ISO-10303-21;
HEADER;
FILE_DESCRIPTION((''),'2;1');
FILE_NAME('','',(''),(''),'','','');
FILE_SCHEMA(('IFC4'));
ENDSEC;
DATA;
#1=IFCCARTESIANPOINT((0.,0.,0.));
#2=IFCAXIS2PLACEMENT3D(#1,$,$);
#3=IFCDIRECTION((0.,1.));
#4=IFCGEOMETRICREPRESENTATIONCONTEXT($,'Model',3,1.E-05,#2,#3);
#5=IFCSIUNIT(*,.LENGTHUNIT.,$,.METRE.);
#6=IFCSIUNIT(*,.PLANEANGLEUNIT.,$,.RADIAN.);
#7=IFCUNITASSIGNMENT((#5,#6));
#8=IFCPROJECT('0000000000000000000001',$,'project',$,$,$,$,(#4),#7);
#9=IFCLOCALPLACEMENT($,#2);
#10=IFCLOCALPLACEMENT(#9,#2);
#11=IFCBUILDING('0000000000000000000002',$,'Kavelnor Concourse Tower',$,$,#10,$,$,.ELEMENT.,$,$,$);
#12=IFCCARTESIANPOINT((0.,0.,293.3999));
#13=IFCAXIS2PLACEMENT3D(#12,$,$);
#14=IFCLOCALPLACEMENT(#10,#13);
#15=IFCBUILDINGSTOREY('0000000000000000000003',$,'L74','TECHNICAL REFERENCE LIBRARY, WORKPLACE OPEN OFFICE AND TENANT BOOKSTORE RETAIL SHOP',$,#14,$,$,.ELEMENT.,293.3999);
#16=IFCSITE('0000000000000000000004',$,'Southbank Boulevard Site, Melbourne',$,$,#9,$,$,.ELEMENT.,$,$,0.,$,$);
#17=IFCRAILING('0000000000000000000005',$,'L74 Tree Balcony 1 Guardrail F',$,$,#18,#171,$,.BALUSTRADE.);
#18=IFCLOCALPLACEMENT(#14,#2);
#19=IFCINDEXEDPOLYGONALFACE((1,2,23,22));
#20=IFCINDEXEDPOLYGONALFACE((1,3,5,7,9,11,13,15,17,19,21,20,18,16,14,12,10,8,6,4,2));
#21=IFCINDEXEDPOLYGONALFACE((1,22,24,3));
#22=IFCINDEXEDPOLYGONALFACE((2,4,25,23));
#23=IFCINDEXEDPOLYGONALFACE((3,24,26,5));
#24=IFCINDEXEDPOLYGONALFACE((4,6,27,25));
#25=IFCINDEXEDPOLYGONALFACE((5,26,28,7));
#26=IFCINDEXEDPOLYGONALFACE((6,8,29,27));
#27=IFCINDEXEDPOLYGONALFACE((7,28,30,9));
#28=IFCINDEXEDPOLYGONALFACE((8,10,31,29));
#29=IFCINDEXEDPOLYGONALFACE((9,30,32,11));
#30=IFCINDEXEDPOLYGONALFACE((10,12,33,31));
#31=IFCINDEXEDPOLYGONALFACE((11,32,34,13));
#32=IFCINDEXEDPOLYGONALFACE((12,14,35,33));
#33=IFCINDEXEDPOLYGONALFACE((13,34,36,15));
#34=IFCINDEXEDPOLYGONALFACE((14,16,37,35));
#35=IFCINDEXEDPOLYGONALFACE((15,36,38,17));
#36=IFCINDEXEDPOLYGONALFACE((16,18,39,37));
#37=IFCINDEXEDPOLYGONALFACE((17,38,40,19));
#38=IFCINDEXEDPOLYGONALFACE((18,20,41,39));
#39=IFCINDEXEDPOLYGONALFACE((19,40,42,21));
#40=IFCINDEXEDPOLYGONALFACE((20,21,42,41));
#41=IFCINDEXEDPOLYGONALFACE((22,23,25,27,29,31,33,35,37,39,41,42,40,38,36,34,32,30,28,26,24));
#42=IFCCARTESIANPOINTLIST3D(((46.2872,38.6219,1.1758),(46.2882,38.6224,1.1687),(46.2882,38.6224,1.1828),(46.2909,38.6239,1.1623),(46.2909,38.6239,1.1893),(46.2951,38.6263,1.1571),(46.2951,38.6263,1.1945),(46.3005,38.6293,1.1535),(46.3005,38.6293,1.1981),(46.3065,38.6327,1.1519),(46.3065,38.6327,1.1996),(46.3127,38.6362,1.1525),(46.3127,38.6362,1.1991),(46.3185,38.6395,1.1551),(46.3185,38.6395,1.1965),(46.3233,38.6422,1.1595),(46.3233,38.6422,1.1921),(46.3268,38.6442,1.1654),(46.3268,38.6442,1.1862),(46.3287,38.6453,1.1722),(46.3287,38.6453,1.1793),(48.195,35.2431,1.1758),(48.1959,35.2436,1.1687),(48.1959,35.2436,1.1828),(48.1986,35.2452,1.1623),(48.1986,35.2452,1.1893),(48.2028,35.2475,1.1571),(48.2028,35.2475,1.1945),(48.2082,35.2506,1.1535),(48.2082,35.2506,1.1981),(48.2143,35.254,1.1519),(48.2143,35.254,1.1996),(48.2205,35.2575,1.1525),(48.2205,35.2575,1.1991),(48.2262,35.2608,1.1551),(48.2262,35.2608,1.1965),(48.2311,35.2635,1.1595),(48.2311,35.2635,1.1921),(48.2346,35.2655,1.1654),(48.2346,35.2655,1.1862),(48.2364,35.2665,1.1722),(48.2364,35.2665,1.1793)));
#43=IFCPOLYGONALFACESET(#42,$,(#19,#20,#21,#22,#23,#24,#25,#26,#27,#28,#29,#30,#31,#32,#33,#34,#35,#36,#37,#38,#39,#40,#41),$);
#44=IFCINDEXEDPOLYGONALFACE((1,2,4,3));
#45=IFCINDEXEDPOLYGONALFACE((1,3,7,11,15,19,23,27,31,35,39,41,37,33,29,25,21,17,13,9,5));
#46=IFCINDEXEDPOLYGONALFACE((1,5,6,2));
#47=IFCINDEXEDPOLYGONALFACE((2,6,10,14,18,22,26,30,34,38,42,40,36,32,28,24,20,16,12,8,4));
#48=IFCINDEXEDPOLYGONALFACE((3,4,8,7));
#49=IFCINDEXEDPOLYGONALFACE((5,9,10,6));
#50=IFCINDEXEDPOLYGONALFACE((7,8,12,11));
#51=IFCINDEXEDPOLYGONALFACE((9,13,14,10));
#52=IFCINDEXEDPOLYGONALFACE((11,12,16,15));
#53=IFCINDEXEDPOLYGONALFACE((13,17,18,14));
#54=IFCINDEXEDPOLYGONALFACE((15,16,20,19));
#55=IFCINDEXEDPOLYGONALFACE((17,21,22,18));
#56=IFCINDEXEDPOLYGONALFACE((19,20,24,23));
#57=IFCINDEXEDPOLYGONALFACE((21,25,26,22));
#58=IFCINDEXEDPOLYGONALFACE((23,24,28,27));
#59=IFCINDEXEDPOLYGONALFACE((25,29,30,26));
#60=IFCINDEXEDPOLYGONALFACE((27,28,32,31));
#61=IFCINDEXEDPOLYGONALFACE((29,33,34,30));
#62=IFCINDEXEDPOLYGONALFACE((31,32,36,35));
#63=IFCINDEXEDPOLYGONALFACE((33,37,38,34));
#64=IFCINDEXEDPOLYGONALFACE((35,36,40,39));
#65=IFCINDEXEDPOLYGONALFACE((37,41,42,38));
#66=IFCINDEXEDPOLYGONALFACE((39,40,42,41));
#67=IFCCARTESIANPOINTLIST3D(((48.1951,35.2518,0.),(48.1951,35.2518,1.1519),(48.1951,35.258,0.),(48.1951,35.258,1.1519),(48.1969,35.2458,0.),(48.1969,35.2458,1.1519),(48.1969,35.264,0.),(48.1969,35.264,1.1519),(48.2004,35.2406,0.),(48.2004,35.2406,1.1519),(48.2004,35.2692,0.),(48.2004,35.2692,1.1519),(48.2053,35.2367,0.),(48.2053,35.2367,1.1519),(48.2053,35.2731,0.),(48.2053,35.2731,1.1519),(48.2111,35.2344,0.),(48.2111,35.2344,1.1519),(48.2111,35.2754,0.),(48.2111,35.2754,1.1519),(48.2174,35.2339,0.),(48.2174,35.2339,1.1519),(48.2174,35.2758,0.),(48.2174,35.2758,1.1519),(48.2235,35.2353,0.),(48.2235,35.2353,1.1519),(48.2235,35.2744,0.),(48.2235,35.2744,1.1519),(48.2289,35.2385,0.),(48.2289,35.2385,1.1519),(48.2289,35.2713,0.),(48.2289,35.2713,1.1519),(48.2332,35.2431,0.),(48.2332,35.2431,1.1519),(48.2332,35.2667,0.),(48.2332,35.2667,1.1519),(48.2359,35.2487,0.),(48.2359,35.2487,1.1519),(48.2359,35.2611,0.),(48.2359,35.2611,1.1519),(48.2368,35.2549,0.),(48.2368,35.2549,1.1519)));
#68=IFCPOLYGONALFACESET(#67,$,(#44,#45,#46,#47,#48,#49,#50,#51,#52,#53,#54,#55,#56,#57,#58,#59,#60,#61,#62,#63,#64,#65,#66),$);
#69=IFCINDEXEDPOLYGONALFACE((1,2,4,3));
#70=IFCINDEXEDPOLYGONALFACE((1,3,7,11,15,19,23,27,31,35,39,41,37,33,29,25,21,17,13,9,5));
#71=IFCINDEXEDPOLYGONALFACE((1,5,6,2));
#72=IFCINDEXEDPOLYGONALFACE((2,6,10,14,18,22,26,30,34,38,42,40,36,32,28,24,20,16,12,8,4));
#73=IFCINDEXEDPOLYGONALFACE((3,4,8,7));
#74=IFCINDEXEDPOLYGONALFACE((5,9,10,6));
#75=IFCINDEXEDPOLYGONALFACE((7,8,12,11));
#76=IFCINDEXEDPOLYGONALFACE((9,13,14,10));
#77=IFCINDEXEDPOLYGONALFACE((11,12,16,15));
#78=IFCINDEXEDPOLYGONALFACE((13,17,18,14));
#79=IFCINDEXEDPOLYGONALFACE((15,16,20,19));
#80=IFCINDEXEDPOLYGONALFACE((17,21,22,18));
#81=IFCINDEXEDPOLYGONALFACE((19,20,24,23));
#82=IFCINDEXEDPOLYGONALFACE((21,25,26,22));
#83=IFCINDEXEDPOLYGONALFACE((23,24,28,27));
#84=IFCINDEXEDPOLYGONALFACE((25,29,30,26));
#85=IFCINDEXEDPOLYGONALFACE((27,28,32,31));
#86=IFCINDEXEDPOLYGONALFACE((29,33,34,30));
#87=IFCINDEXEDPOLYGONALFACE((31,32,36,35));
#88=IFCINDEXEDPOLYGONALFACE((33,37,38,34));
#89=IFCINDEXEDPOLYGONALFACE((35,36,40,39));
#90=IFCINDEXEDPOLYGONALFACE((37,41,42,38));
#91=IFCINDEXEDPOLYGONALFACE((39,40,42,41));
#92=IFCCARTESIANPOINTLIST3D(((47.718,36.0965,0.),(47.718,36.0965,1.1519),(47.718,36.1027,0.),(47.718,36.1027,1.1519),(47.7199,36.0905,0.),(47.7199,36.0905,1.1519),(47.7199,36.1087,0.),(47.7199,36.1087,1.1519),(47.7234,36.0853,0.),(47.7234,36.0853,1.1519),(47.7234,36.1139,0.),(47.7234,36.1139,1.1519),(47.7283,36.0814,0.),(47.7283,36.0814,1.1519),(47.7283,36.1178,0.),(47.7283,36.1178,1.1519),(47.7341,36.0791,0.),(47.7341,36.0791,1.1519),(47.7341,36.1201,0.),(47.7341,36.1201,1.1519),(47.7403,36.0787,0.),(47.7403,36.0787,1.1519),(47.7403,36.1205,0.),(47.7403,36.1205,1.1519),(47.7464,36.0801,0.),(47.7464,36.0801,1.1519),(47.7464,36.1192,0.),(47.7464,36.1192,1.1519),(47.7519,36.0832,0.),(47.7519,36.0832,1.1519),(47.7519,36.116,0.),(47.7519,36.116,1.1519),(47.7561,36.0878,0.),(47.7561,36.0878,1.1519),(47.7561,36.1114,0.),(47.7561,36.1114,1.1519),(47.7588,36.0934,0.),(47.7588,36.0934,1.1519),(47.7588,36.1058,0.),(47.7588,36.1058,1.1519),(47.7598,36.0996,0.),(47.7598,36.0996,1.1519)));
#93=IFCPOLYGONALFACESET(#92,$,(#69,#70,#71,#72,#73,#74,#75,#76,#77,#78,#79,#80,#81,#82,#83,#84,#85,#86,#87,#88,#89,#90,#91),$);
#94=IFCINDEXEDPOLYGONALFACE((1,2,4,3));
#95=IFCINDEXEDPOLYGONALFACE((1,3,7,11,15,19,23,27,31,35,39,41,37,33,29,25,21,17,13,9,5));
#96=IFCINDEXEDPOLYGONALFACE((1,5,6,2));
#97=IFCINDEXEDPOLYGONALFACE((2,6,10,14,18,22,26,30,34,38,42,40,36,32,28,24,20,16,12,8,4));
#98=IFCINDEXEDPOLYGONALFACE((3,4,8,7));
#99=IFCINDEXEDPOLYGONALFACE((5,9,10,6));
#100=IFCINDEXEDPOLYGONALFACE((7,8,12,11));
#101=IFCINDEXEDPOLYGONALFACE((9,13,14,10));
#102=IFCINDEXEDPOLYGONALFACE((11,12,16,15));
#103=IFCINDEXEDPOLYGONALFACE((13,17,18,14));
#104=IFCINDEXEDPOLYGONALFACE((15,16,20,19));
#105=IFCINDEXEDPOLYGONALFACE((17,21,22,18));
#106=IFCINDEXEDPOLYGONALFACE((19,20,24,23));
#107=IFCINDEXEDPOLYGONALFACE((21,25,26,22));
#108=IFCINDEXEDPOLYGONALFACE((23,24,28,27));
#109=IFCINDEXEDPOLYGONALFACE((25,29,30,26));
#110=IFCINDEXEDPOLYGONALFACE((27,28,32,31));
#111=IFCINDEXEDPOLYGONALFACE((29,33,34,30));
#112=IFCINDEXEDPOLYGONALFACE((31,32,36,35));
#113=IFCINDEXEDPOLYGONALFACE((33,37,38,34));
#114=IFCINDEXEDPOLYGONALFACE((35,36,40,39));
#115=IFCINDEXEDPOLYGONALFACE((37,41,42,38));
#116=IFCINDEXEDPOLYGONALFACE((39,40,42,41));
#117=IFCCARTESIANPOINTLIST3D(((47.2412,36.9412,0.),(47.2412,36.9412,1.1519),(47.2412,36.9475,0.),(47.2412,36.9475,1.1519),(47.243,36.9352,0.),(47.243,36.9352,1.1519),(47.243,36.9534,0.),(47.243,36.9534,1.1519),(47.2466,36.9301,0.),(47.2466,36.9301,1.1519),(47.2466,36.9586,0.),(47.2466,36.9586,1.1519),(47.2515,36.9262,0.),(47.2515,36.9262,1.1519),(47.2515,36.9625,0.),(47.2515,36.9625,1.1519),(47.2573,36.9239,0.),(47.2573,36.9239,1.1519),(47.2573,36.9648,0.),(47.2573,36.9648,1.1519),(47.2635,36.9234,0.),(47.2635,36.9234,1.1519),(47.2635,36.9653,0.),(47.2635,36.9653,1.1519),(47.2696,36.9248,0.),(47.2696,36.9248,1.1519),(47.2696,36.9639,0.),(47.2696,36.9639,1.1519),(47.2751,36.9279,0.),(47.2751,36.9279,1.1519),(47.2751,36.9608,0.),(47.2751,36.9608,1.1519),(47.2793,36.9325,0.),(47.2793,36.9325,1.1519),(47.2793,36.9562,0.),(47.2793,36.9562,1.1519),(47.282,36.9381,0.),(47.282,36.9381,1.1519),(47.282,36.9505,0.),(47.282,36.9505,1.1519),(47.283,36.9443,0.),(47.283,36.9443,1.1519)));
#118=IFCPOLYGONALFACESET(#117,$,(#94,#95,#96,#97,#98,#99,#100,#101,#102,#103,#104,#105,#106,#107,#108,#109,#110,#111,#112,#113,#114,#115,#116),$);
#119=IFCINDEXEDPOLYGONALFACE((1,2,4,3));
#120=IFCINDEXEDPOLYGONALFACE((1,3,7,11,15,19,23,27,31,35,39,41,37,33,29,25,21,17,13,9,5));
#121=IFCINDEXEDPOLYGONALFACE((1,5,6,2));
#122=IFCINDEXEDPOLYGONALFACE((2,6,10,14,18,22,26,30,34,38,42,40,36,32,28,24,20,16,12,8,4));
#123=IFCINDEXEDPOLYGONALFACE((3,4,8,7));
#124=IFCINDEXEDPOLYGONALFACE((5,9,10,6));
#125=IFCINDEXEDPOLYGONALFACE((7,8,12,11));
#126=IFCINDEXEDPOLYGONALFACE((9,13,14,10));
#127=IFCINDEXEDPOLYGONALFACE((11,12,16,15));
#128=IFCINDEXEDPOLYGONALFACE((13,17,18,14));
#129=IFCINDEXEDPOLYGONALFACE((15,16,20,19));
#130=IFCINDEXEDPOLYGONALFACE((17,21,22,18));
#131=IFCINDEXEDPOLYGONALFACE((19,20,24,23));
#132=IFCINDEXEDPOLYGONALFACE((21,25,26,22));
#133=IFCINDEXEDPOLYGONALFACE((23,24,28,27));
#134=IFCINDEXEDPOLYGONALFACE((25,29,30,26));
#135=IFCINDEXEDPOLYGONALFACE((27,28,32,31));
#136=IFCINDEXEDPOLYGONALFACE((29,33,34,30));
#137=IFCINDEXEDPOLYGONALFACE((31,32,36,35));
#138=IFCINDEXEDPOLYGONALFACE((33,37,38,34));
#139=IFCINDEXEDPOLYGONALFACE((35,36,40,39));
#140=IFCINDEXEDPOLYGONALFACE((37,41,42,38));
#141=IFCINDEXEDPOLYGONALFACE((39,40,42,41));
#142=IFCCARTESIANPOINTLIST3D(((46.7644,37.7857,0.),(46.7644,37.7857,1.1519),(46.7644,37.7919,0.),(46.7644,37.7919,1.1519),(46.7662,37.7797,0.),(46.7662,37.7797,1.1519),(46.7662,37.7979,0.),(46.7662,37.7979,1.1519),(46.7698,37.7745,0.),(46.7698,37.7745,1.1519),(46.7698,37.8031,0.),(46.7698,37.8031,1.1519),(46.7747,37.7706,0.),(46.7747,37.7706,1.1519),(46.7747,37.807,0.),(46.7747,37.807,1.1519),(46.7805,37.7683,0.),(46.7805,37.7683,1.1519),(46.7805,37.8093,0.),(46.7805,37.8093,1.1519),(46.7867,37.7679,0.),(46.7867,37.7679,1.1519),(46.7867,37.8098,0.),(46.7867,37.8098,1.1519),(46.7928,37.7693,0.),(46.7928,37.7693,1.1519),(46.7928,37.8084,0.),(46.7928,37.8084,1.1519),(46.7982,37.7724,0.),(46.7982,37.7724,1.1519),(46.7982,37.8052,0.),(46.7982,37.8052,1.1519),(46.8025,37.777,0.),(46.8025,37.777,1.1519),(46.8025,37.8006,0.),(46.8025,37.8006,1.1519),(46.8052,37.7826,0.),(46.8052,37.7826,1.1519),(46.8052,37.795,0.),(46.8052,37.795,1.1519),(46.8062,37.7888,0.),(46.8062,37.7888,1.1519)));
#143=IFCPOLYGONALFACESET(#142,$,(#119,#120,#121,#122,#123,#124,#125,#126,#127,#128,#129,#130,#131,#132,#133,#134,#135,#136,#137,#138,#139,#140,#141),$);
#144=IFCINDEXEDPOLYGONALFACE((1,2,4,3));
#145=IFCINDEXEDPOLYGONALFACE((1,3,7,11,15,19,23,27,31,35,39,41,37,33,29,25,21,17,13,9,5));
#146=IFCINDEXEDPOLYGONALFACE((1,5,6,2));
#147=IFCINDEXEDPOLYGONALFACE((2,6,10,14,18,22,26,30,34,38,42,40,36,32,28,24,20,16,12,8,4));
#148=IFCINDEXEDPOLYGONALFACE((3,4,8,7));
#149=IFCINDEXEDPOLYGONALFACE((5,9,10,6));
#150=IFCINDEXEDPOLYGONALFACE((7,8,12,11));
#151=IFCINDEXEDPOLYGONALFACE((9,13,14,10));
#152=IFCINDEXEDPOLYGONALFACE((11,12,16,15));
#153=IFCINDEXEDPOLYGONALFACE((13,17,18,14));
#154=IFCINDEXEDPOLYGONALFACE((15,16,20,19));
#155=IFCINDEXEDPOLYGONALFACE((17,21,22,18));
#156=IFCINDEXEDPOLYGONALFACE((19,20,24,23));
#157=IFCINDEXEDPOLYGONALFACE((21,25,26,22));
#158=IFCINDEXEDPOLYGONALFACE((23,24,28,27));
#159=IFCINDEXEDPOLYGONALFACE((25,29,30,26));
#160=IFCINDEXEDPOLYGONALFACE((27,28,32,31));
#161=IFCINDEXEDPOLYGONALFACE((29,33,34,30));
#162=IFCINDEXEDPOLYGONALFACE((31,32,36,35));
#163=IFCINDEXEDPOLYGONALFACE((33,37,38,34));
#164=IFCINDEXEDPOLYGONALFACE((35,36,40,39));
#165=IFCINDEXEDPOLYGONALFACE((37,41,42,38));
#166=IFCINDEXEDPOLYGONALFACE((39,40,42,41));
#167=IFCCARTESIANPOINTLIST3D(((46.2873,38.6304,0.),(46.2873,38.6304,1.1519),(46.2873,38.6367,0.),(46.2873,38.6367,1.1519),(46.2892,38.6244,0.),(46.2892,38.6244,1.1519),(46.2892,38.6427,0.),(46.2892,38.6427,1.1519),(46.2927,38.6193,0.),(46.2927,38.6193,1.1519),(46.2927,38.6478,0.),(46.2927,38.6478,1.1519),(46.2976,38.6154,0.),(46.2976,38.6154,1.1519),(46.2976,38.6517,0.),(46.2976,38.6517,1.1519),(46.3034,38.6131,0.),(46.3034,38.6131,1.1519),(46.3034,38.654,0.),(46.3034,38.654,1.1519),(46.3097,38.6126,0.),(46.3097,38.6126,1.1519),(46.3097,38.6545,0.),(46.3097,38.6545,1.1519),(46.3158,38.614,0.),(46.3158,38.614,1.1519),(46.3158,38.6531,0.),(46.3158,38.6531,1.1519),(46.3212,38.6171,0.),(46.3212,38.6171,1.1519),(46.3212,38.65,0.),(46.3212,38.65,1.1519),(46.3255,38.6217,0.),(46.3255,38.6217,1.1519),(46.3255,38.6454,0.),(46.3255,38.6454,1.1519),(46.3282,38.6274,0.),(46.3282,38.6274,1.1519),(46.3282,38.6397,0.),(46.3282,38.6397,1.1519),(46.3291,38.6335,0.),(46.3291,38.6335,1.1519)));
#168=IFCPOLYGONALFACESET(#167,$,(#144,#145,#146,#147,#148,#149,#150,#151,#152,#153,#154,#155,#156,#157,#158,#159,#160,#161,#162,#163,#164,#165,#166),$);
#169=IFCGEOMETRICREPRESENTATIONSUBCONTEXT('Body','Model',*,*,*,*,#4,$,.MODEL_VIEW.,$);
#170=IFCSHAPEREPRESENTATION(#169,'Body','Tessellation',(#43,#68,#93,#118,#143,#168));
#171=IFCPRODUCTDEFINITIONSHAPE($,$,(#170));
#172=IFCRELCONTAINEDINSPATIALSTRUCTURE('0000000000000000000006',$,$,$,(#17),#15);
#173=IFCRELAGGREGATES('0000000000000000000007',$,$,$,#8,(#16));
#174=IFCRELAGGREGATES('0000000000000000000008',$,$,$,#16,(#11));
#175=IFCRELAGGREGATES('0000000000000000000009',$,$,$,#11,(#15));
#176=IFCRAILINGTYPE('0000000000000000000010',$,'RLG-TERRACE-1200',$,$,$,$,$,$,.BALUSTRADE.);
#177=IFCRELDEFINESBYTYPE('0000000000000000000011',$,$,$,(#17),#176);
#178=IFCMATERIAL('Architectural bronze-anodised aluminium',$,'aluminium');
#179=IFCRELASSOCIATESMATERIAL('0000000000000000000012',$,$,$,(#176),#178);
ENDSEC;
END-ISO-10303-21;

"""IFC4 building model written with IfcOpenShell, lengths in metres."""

from ifc_helpers import new_model, si_unit, direction, frame, origin, origin_2d, place, context, subcontext, project, spatial, circle, extrude, material, type_object, element, save


model = new_model("IFC4")

# Units and contexts
model_context = context("Model", 3, precision=1e-05, world=origin(), true_north=direction((0.0, 1.0)))
body_context = subcontext(model_context, "Body", "Model", "MODEL_VIEW")
ifc_project = project(units=[si_unit("LENGTHUNIT", "METRE"), si_unit("PLANEANGLEUNIT", "RADIAN")], contexts=[model_context])

# Site, building, storey
site_placement = place(None, origin())
site = spatial("IfcSite", under=ifc_project, at=site_placement, Name="Southbank Boulevard Site, Melbourne", CompositionType="ELEMENT", RefElevation=0.0)
building_placement = place(site_placement, origin())
building = spatial("IfcBuilding", under=site, at=building_placement, Name="Kavelnor Concourse Tower", CompositionType="ELEMENT")
storey_placement = place(building_placement, frame((0.0, 0.0, 293.3999)))
storey = spatial("IfcBuildingStorey", under=building, at=storey_placement, Name="L74", Description="TECHNICAL REFERENCE LIBRARY, WORKPLACE OPEN OFFICE AND TENANT BOOKSTORE RETAIL SHOP", CompositionType="ELEMENT", Elevation=293.3999)

# Railing
ifc_material_1 = material(Name="Architectural bronze-anodised aluminium", Category="aluminium")
railing_type = type_object("IfcRailingType", Name="RLG-TERRACE-1200", PredefinedType="BALUSTRADE", material=ifc_material_1)
railing_1_placement = place(storey_placement, frame((48.2158, 35.2549, 0.0)))
element("IfcRailing", 1, at=railing_1_placement, inside=storey, type_object=railing_type, Name="L74 Tree Balcony 1 Guardrail F", PredefinedType="BALUSTRADE", context=body_context, shape_type="SweptSolid", body=[
    extrude(circle(Radius=0.0239, at=origin_2d()), frame((0.0, 0.0, 1.1758), z_axis=(-0.491674, 0.87078, 0.0), x_axis=(-0.87078, -0.491674, 0.0)), (0.0, 0.0, 1.0), 3.8801),
    extrude(circle(Radius=0.021, at=origin_2d()), origin(), (0.0, 0.0, 1.0), 1.1519),
    extrude(circle(Radius=0.021, at=origin_2d()), frame((-0.4771, 0.8447, 0.0)), (0.0, 0.0, 1.0), 1.1519),
    extrude(circle(Radius=0.021, at=origin_2d()), frame((-0.9539, 1.6895, 0.0)), (0.0, 0.0, 1.0), 1.1519),
    extrude(circle(Radius=0.021, at=origin_2d()), frame((-1.4307, 2.5339, 0.0)), (0.0, 0.0, 1.0), 1.1519),
    extrude(circle(Radius=0.021, at=origin_2d()), frame((-1.9077, 3.3787, 0.0)), (0.0, 0.0, 1.0), 1.1519),
])

save(model, "model.ifc")
